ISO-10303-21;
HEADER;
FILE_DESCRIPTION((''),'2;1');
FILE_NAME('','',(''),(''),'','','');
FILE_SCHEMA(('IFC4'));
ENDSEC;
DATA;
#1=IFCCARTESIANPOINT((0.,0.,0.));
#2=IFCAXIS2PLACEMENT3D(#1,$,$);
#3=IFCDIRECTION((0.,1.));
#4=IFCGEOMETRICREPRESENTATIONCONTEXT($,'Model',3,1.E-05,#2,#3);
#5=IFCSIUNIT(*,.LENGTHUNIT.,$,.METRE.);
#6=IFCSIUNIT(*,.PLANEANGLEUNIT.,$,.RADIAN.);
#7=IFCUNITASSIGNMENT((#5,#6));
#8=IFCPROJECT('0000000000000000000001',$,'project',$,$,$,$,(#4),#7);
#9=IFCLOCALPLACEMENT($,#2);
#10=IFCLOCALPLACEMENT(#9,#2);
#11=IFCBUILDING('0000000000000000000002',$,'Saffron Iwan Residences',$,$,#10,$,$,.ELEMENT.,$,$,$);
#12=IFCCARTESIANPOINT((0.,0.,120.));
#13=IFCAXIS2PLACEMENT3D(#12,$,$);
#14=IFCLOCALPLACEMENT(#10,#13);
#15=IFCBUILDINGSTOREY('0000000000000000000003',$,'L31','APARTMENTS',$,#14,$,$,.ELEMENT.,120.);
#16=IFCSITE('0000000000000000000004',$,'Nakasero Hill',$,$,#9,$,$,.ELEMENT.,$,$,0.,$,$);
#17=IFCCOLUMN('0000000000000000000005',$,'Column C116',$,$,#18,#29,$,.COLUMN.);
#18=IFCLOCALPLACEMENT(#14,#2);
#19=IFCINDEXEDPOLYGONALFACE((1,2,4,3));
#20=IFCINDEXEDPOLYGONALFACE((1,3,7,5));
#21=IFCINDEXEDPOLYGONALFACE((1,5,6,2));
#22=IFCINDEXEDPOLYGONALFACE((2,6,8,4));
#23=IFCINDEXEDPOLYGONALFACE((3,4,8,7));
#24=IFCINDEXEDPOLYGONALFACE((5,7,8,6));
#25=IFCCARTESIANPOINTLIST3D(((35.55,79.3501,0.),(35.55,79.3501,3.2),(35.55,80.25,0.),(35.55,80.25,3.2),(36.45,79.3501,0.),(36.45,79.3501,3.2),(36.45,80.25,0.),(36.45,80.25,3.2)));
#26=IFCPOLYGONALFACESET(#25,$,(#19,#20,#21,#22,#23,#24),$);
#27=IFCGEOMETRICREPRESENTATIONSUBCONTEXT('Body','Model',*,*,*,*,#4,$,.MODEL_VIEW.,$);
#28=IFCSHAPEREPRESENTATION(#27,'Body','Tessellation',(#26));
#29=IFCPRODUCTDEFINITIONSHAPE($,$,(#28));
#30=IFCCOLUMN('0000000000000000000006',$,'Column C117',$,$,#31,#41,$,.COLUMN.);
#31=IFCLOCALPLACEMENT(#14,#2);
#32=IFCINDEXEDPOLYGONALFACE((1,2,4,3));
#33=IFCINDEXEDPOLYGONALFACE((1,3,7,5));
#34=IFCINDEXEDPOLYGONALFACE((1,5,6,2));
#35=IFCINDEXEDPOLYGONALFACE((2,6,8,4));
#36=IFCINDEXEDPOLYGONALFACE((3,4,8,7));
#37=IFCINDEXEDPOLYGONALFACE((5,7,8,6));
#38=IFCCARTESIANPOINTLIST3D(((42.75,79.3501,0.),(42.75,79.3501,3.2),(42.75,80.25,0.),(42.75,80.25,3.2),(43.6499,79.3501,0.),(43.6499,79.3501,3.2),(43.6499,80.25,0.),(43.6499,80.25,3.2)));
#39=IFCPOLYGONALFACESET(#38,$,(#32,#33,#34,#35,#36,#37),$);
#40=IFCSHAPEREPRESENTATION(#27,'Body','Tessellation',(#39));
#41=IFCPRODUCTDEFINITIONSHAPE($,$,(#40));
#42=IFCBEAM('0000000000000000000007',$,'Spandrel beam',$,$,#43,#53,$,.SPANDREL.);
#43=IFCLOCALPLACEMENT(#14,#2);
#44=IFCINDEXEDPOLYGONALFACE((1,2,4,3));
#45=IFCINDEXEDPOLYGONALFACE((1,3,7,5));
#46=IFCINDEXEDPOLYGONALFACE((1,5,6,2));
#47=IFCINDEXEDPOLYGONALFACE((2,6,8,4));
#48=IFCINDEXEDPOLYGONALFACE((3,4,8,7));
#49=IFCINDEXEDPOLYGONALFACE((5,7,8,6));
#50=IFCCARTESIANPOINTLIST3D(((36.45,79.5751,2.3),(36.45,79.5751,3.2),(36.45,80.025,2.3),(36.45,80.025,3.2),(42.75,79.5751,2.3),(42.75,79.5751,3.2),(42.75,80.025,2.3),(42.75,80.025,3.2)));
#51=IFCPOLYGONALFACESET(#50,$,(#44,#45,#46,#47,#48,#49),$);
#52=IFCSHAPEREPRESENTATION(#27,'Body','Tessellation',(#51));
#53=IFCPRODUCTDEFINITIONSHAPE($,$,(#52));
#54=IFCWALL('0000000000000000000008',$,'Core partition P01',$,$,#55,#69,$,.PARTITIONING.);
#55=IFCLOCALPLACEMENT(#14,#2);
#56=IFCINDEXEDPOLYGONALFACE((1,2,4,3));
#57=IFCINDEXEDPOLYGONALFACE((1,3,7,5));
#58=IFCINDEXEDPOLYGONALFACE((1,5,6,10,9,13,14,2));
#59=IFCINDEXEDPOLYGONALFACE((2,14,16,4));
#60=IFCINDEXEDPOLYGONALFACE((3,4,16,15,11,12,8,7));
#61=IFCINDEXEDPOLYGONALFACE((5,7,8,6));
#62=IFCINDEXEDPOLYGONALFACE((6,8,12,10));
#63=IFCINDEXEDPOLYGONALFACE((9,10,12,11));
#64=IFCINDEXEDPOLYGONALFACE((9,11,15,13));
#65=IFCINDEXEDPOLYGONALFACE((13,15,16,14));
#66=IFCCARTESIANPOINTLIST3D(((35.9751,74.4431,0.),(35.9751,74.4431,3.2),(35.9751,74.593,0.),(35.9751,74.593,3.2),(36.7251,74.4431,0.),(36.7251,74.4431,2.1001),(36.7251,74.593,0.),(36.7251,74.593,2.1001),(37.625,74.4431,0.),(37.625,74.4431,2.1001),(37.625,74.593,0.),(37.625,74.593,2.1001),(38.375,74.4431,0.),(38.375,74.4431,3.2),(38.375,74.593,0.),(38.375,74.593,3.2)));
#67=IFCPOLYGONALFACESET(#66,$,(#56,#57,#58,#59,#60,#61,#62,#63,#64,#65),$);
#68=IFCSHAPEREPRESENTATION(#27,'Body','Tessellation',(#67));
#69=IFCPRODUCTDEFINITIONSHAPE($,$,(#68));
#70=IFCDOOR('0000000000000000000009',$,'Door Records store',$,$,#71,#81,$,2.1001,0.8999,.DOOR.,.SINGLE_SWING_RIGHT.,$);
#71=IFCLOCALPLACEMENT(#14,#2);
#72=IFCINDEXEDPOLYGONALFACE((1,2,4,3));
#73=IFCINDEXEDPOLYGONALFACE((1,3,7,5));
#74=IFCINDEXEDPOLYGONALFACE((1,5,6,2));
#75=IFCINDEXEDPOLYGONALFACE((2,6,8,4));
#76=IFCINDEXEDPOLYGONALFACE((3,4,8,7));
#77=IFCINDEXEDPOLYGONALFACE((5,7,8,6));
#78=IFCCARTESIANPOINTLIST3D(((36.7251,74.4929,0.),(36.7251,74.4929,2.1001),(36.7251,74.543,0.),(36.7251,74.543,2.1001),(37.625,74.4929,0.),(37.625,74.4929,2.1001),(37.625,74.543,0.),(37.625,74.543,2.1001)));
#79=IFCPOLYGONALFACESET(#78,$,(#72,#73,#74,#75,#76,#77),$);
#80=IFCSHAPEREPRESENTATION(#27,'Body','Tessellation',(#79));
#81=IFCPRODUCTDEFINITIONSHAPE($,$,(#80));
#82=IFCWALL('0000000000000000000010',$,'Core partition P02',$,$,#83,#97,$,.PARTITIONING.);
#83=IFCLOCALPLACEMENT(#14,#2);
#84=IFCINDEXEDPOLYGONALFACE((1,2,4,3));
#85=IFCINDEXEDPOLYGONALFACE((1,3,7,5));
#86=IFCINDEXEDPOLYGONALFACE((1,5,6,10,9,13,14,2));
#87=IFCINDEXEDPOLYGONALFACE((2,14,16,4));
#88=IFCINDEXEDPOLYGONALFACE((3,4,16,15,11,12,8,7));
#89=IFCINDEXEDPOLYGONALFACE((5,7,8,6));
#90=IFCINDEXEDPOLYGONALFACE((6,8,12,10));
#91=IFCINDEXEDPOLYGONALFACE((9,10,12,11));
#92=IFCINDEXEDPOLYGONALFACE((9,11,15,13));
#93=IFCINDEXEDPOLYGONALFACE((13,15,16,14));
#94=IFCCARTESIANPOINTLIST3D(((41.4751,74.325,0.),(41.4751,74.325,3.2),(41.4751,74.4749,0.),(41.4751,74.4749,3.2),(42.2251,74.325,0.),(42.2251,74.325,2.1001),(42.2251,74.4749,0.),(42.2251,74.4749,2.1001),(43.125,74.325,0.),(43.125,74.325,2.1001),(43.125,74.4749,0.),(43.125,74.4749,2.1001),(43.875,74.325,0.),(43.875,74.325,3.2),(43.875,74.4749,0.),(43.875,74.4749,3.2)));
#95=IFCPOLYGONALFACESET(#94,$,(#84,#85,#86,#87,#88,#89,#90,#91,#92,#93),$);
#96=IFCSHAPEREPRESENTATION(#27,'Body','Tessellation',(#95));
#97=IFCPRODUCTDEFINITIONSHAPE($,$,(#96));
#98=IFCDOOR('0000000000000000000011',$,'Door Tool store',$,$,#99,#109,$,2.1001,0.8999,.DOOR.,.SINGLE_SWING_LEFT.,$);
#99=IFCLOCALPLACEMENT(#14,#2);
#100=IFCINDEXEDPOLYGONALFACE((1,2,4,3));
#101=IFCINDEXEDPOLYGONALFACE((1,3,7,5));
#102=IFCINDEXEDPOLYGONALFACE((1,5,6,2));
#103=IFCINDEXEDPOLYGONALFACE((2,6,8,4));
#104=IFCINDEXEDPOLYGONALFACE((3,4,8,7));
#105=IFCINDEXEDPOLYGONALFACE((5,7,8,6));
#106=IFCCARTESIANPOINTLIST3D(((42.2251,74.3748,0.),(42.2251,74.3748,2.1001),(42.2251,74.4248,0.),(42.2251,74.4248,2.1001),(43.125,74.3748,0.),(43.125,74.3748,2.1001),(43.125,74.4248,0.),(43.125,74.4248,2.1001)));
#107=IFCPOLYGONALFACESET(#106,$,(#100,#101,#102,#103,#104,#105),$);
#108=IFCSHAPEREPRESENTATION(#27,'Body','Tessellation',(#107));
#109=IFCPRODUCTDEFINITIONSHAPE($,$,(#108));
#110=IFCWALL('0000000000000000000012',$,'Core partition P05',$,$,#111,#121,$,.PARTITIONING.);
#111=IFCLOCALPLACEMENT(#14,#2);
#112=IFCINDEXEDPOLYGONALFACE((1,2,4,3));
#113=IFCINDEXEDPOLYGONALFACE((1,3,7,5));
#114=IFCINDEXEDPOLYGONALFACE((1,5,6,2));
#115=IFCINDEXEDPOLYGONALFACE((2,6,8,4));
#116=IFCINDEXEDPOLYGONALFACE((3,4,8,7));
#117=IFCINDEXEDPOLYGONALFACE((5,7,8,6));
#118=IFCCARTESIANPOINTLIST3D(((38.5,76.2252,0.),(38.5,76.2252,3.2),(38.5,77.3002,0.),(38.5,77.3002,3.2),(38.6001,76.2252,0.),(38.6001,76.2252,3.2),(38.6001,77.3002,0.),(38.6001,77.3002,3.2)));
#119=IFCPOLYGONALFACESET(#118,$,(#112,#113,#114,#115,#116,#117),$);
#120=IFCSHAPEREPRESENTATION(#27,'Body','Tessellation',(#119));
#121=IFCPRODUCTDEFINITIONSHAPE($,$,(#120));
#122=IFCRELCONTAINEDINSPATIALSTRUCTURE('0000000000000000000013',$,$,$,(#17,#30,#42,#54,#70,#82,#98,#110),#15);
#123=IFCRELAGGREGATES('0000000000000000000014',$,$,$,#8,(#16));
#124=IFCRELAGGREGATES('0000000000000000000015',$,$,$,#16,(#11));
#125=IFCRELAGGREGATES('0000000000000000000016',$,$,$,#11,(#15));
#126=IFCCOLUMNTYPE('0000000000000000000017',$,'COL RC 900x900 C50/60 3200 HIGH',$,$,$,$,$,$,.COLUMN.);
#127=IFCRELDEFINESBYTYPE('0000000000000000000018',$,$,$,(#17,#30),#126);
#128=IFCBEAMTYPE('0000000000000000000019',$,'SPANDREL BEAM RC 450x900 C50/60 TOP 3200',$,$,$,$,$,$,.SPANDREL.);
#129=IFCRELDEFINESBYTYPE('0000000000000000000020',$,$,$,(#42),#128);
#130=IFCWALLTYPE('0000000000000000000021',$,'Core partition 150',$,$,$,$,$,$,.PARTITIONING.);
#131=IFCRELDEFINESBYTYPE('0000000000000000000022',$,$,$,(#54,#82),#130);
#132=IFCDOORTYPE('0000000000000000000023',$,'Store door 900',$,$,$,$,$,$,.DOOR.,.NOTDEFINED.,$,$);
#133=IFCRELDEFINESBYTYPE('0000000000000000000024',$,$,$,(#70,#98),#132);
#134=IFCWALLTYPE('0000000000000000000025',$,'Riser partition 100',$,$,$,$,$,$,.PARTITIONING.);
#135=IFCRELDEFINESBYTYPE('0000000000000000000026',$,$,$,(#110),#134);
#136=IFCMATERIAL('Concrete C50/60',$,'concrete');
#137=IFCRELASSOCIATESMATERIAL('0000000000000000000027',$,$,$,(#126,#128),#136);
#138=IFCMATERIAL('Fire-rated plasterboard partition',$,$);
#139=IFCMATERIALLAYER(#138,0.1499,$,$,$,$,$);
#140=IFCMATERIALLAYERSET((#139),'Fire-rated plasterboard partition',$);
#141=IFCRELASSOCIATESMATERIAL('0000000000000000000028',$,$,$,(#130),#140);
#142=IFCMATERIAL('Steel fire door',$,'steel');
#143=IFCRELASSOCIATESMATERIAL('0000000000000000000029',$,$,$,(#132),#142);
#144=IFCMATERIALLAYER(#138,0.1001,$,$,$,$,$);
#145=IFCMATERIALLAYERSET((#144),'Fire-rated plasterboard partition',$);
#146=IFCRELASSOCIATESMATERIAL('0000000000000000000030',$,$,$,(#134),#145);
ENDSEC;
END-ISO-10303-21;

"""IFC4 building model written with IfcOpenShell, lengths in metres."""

from ifc_helpers import new_model, si_unit, direction, frame, frame_2d, origin, origin_2d, place, context, subcontext, project, spatial, rectangle, extrude, source, transform, mapped, material, layer, layer_set, material_profile, profile_set, type_object, element, fill, save


model = new_model("IFC4")

# Units and contexts
model_context = context("Model", 3, precision=1e-05, world=origin(), true_north=direction((0.0, 1.0)))
body_context = subcontext(model_context, "Body", "Model", "MODEL_VIEW")
ifc_project = project(units=[si_unit("LENGTHUNIT", "METRE"), si_unit("PLANEANGLEUNIT", "RADIAN")], contexts=[model_context])

# Site, building, storey
site_placement = place(None, origin())
site = spatial("IfcSite", under=ifc_project, at=site_placement, Name="Nakasero Hill", CompositionType="ELEMENT", RefElevation=0.0)
building_placement = place(site_placement, origin())
building = spatial("IfcBuilding", under=site, at=building_placement, Name="Saffron Iwan Residences", CompositionType="ELEMENT")
storey_placement = place(building_placement, frame((0.0, 0.0, 120.0)))
storey = spatial("IfcBuildingStorey", under=building, at=storey_placement, Name="L31", Description="APARTMENTS", CompositionType="ELEMENT", Elevation=120.0)

# Columns
ifc_material_1 = material(Name="Concrete C50/60", Category="concrete")
ifc_material_profile_1 = material_profile(ifc_material_1, rectangle(XDim=0.8999, YDim=0.8999, at=origin_2d()), Name="RC 900x900")
ifc_profile_set_1 = profile_set([ifc_material_profile_1], Name="Concrete C50/60")
column_type = type_object("IfcColumnType", Name="COL RC 900x900 C50/60 3200 HIGH", PredefinedType="COLUMN", material=ifc_profile_set_1)
shared_shape_1 = source(origin(), body_context, "Body", "SweptSolid", [
    extrude(rectangle(XDim=0.8999, YDim=0.8999, at=origin_2d()), origin(), (0.0, 0.0, 1.0), 3.2),
])
for number, where, z_axis, x_axis, name in (
    (1, (36.0, 79.8, 0.0), (0.0, 0.0, 1.0), (1.0, 0.0, 0.0), "Column C116"),
    (2, (43.2, 79.8, 0.0), (0.0, 0.0, 1.0), (1.0, 0.0, 0.0), "Column C117"),
):
    element("IfcColumn", number, at=place(storey_placement, frame(where, z_axis=z_axis, x_axis=x_axis)), inside=storey, type_object=column_type, Name=name, PredefinedType="COLUMN", context=body_context, shape_type="MappedRepresentation", body=[
        mapped(shared_shape_1, transform((0.0, 0.0, 0.0))),
    ])

# Beam
ifc_material_profile_2 = material_profile(ifc_material_1, rectangle(XDim=0.45, YDim=0.8999, at=origin_2d()), Name="RC 450x900")
ifc_profile_set_2 = profile_set([ifc_material_profile_2], Name="Concrete C50/60")
beam_type = type_object("IfcBeamType", Name="SPANDREL BEAM RC 450x900 C50/60 TOP 3200", PredefinedType="SPANDREL", material=ifc_profile_set_2)
shared_shape_2 = source(origin(), body_context, "Body", "SweptSolid", [
    extrude(rectangle(XDim=0.45, YDim=0.8999, at=origin_2d()), origin(), (0.0, 0.0, 1.0), 6.3),
])
beam_placement = place(storey_placement, frame((36.45, 79.8, 2.75), z_axis=(1.0, 0.0, 0.0), x_axis=(0.0, 1.0, 0.0)))
element("IfcBeam", 3, at=beam_placement, inside=storey, type_object=beam_type, Name="Spandrel beam", PredefinedType="SPANDREL", context=body_context, shape_type="MappedRepresentation", body=[
    mapped(shared_shape_2, transform((0.0, 0.0, 0.0))),
])

# Walls, openings, doors
ifc_material_2 = material(Name="Fire-rated plasterboard partition")
ifc_layer_1 = layer(ifc_material_2, 0.1499)
ifc_layer_set_1 = layer_set([ifc_layer_1], Name="Fire-rated plasterboard partition")
wall_type_1 = type_object("IfcWallType", Name="Core partition 150", PredefinedType="PARTITIONING", material=ifc_layer_set_1)
wall_1_placement = place(storey_placement, frame((35.9751, 74.5181, 0.0), z_axis=(0.0, 0.0, 1.0), x_axis=(1.0, 0.0, 0.0)))
wall_1 = element("IfcWall", 4, at=wall_1_placement, inside=storey, type_object=wall_type_1, Name="Core partition P01", PredefinedType="PARTITIONING", context=body_context, shape_type="SweptSolid", body=[
    extrude(rectangle(XDim=2.3999, YDim=0.1499, at=frame_2d((1.2, 0.0))), origin(), (0.0, 0.0, 1.0), 3.2),
])
opening_1_placement = place(wall_1_placement, frame((0.75, 0.0, 0.0)))
opening_1 = element("IfcOpeningElement", 5, at=opening_1_placement, cuts=wall_1, PredefinedType="OPENING", context=body_context, shape_type="SweptSolid", body=[
    extrude(rectangle(XDim=0.8999, YDim=2.1001, at=frame_2d((0.45, 1.05))), frame((0.0, 0.085, 0.0), z_axis=(0.0, -1.0, 0.0), x_axis=(1.0, 0.0, 0.0)), (0.0, 0.0, 1.0), 0.1699),
])
ifc_material_3 = material(Name="Steel fire door", Category="steel")
door_type_1 = type_object("IfcDoorType", Name="Store door 900", OperationType="NOTDEFINED", PredefinedType="DOOR", material=ifc_material_3)
door_1_placement = place(opening_1_placement, origin())
door_1 = element("IfcDoor", 6, at=door_1_placement, inside=storey, type_object=door_type_1, Name="Door Records store", OperationType="SINGLE_SWING_RIGHT", OverallHeight=2.1001, OverallWidth=0.8999, PredefinedType="DOOR", context=body_context, shape_type="SweptSolid", body=[
    extrude(rectangle(XDim=0.8999, YDim=2.1001, at=frame_2d((0.45, 1.05))), frame((0.0, 0.0249, 0.0), z_axis=(0.0, -1.0, 0.0), x_axis=(1.0, 0.0, 0.0)), (0.0, 0.0, 1.0), 0.05),
])
fill(opening_1, door_1)
wall_2_placement = place(storey_placement, frame((41.4751, 74.3999, 0.0), z_axis=(0.0, 0.0, 1.0), x_axis=(1.0, 0.0, 0.0)))
wall_2 = element("IfcWall", 7, at=wall_2_placement, inside=storey, type_object=wall_type_1, Name="Core partition P02", PredefinedType="PARTITIONING", context=body_context, shape_type="SweptSolid", body=[
    extrude(rectangle(XDim=2.3999, YDim=0.1499, at=frame_2d((1.2, 0.0))), origin(), (0.0, 0.0, 1.0), 3.2),
])
opening_2_placement = place(wall_2_placement, frame((0.75, 0.0, 0.0)))
opening_2 = element("IfcOpeningElement", 8, at=opening_2_placement, cuts=wall_2, PredefinedType="OPENING", context=body_context, shape_type="SweptSolid", body=[
    extrude(rectangle(XDim=0.8999, YDim=2.1001, at=frame_2d((0.45, 1.05))), frame((0.0, 0.085, 0.0), z_axis=(0.0, -1.0, 0.0), x_axis=(1.0, 0.0, 0.0)), (0.0, 0.0, 1.0), 0.1699),
])
door_2_placement = place(opening_2_placement, origin())
door_2 = element("IfcDoor", 9, at=door_2_placement, inside=storey, type_object=door_type_1, Name="Door Tool store", OperationType="SINGLE_SWING_LEFT", OverallHeight=2.1001, OverallWidth=0.8999, PredefinedType="DOOR", context=body_context, shape_type="SweptSolid", body=[
    extrude(rectangle(XDim=0.8999, YDim=2.1001, at=frame_2d((0.45, 1.05))), frame((0.0, 0.0249, 0.0), z_axis=(0.0, -1.0, 0.0), x_axis=(1.0, 0.0, 0.0)), (0.0, 0.0, 1.0), 0.05),
])
fill(opening_2, door_2)

# Wall
ifc_layer_2 = layer(ifc_material_2, 0.1001)
ifc_layer_set_2 = layer_set([ifc_layer_2], Name="Fire-rated plasterboard partition")
wall_type_2 = type_object("IfcWallType", Name="Riser partition 100", PredefinedType="PARTITIONING", material=ifc_layer_set_2)
wall_3_placement = place(storey_placement, frame((38.55, 76.2251, 0.0), z_axis=(0.0, 0.0, 1.0), x_axis=(0.0, 1.0, 0.0)))
element("IfcWall", 10, at=wall_3_placement, inside=storey, type_object=wall_type_2, Name="Core partition P05", PredefinedType="PARTITIONING", context=body_context, shape_type="SweptSolid", body=[
    extrude(rectangle(XDim=1.075, YDim=0.1001, at=frame_2d((0.5376, 0.0))), origin(), (0.0, 0.0, 1.0), 3.2),
])

save(model, "model.ifc")
